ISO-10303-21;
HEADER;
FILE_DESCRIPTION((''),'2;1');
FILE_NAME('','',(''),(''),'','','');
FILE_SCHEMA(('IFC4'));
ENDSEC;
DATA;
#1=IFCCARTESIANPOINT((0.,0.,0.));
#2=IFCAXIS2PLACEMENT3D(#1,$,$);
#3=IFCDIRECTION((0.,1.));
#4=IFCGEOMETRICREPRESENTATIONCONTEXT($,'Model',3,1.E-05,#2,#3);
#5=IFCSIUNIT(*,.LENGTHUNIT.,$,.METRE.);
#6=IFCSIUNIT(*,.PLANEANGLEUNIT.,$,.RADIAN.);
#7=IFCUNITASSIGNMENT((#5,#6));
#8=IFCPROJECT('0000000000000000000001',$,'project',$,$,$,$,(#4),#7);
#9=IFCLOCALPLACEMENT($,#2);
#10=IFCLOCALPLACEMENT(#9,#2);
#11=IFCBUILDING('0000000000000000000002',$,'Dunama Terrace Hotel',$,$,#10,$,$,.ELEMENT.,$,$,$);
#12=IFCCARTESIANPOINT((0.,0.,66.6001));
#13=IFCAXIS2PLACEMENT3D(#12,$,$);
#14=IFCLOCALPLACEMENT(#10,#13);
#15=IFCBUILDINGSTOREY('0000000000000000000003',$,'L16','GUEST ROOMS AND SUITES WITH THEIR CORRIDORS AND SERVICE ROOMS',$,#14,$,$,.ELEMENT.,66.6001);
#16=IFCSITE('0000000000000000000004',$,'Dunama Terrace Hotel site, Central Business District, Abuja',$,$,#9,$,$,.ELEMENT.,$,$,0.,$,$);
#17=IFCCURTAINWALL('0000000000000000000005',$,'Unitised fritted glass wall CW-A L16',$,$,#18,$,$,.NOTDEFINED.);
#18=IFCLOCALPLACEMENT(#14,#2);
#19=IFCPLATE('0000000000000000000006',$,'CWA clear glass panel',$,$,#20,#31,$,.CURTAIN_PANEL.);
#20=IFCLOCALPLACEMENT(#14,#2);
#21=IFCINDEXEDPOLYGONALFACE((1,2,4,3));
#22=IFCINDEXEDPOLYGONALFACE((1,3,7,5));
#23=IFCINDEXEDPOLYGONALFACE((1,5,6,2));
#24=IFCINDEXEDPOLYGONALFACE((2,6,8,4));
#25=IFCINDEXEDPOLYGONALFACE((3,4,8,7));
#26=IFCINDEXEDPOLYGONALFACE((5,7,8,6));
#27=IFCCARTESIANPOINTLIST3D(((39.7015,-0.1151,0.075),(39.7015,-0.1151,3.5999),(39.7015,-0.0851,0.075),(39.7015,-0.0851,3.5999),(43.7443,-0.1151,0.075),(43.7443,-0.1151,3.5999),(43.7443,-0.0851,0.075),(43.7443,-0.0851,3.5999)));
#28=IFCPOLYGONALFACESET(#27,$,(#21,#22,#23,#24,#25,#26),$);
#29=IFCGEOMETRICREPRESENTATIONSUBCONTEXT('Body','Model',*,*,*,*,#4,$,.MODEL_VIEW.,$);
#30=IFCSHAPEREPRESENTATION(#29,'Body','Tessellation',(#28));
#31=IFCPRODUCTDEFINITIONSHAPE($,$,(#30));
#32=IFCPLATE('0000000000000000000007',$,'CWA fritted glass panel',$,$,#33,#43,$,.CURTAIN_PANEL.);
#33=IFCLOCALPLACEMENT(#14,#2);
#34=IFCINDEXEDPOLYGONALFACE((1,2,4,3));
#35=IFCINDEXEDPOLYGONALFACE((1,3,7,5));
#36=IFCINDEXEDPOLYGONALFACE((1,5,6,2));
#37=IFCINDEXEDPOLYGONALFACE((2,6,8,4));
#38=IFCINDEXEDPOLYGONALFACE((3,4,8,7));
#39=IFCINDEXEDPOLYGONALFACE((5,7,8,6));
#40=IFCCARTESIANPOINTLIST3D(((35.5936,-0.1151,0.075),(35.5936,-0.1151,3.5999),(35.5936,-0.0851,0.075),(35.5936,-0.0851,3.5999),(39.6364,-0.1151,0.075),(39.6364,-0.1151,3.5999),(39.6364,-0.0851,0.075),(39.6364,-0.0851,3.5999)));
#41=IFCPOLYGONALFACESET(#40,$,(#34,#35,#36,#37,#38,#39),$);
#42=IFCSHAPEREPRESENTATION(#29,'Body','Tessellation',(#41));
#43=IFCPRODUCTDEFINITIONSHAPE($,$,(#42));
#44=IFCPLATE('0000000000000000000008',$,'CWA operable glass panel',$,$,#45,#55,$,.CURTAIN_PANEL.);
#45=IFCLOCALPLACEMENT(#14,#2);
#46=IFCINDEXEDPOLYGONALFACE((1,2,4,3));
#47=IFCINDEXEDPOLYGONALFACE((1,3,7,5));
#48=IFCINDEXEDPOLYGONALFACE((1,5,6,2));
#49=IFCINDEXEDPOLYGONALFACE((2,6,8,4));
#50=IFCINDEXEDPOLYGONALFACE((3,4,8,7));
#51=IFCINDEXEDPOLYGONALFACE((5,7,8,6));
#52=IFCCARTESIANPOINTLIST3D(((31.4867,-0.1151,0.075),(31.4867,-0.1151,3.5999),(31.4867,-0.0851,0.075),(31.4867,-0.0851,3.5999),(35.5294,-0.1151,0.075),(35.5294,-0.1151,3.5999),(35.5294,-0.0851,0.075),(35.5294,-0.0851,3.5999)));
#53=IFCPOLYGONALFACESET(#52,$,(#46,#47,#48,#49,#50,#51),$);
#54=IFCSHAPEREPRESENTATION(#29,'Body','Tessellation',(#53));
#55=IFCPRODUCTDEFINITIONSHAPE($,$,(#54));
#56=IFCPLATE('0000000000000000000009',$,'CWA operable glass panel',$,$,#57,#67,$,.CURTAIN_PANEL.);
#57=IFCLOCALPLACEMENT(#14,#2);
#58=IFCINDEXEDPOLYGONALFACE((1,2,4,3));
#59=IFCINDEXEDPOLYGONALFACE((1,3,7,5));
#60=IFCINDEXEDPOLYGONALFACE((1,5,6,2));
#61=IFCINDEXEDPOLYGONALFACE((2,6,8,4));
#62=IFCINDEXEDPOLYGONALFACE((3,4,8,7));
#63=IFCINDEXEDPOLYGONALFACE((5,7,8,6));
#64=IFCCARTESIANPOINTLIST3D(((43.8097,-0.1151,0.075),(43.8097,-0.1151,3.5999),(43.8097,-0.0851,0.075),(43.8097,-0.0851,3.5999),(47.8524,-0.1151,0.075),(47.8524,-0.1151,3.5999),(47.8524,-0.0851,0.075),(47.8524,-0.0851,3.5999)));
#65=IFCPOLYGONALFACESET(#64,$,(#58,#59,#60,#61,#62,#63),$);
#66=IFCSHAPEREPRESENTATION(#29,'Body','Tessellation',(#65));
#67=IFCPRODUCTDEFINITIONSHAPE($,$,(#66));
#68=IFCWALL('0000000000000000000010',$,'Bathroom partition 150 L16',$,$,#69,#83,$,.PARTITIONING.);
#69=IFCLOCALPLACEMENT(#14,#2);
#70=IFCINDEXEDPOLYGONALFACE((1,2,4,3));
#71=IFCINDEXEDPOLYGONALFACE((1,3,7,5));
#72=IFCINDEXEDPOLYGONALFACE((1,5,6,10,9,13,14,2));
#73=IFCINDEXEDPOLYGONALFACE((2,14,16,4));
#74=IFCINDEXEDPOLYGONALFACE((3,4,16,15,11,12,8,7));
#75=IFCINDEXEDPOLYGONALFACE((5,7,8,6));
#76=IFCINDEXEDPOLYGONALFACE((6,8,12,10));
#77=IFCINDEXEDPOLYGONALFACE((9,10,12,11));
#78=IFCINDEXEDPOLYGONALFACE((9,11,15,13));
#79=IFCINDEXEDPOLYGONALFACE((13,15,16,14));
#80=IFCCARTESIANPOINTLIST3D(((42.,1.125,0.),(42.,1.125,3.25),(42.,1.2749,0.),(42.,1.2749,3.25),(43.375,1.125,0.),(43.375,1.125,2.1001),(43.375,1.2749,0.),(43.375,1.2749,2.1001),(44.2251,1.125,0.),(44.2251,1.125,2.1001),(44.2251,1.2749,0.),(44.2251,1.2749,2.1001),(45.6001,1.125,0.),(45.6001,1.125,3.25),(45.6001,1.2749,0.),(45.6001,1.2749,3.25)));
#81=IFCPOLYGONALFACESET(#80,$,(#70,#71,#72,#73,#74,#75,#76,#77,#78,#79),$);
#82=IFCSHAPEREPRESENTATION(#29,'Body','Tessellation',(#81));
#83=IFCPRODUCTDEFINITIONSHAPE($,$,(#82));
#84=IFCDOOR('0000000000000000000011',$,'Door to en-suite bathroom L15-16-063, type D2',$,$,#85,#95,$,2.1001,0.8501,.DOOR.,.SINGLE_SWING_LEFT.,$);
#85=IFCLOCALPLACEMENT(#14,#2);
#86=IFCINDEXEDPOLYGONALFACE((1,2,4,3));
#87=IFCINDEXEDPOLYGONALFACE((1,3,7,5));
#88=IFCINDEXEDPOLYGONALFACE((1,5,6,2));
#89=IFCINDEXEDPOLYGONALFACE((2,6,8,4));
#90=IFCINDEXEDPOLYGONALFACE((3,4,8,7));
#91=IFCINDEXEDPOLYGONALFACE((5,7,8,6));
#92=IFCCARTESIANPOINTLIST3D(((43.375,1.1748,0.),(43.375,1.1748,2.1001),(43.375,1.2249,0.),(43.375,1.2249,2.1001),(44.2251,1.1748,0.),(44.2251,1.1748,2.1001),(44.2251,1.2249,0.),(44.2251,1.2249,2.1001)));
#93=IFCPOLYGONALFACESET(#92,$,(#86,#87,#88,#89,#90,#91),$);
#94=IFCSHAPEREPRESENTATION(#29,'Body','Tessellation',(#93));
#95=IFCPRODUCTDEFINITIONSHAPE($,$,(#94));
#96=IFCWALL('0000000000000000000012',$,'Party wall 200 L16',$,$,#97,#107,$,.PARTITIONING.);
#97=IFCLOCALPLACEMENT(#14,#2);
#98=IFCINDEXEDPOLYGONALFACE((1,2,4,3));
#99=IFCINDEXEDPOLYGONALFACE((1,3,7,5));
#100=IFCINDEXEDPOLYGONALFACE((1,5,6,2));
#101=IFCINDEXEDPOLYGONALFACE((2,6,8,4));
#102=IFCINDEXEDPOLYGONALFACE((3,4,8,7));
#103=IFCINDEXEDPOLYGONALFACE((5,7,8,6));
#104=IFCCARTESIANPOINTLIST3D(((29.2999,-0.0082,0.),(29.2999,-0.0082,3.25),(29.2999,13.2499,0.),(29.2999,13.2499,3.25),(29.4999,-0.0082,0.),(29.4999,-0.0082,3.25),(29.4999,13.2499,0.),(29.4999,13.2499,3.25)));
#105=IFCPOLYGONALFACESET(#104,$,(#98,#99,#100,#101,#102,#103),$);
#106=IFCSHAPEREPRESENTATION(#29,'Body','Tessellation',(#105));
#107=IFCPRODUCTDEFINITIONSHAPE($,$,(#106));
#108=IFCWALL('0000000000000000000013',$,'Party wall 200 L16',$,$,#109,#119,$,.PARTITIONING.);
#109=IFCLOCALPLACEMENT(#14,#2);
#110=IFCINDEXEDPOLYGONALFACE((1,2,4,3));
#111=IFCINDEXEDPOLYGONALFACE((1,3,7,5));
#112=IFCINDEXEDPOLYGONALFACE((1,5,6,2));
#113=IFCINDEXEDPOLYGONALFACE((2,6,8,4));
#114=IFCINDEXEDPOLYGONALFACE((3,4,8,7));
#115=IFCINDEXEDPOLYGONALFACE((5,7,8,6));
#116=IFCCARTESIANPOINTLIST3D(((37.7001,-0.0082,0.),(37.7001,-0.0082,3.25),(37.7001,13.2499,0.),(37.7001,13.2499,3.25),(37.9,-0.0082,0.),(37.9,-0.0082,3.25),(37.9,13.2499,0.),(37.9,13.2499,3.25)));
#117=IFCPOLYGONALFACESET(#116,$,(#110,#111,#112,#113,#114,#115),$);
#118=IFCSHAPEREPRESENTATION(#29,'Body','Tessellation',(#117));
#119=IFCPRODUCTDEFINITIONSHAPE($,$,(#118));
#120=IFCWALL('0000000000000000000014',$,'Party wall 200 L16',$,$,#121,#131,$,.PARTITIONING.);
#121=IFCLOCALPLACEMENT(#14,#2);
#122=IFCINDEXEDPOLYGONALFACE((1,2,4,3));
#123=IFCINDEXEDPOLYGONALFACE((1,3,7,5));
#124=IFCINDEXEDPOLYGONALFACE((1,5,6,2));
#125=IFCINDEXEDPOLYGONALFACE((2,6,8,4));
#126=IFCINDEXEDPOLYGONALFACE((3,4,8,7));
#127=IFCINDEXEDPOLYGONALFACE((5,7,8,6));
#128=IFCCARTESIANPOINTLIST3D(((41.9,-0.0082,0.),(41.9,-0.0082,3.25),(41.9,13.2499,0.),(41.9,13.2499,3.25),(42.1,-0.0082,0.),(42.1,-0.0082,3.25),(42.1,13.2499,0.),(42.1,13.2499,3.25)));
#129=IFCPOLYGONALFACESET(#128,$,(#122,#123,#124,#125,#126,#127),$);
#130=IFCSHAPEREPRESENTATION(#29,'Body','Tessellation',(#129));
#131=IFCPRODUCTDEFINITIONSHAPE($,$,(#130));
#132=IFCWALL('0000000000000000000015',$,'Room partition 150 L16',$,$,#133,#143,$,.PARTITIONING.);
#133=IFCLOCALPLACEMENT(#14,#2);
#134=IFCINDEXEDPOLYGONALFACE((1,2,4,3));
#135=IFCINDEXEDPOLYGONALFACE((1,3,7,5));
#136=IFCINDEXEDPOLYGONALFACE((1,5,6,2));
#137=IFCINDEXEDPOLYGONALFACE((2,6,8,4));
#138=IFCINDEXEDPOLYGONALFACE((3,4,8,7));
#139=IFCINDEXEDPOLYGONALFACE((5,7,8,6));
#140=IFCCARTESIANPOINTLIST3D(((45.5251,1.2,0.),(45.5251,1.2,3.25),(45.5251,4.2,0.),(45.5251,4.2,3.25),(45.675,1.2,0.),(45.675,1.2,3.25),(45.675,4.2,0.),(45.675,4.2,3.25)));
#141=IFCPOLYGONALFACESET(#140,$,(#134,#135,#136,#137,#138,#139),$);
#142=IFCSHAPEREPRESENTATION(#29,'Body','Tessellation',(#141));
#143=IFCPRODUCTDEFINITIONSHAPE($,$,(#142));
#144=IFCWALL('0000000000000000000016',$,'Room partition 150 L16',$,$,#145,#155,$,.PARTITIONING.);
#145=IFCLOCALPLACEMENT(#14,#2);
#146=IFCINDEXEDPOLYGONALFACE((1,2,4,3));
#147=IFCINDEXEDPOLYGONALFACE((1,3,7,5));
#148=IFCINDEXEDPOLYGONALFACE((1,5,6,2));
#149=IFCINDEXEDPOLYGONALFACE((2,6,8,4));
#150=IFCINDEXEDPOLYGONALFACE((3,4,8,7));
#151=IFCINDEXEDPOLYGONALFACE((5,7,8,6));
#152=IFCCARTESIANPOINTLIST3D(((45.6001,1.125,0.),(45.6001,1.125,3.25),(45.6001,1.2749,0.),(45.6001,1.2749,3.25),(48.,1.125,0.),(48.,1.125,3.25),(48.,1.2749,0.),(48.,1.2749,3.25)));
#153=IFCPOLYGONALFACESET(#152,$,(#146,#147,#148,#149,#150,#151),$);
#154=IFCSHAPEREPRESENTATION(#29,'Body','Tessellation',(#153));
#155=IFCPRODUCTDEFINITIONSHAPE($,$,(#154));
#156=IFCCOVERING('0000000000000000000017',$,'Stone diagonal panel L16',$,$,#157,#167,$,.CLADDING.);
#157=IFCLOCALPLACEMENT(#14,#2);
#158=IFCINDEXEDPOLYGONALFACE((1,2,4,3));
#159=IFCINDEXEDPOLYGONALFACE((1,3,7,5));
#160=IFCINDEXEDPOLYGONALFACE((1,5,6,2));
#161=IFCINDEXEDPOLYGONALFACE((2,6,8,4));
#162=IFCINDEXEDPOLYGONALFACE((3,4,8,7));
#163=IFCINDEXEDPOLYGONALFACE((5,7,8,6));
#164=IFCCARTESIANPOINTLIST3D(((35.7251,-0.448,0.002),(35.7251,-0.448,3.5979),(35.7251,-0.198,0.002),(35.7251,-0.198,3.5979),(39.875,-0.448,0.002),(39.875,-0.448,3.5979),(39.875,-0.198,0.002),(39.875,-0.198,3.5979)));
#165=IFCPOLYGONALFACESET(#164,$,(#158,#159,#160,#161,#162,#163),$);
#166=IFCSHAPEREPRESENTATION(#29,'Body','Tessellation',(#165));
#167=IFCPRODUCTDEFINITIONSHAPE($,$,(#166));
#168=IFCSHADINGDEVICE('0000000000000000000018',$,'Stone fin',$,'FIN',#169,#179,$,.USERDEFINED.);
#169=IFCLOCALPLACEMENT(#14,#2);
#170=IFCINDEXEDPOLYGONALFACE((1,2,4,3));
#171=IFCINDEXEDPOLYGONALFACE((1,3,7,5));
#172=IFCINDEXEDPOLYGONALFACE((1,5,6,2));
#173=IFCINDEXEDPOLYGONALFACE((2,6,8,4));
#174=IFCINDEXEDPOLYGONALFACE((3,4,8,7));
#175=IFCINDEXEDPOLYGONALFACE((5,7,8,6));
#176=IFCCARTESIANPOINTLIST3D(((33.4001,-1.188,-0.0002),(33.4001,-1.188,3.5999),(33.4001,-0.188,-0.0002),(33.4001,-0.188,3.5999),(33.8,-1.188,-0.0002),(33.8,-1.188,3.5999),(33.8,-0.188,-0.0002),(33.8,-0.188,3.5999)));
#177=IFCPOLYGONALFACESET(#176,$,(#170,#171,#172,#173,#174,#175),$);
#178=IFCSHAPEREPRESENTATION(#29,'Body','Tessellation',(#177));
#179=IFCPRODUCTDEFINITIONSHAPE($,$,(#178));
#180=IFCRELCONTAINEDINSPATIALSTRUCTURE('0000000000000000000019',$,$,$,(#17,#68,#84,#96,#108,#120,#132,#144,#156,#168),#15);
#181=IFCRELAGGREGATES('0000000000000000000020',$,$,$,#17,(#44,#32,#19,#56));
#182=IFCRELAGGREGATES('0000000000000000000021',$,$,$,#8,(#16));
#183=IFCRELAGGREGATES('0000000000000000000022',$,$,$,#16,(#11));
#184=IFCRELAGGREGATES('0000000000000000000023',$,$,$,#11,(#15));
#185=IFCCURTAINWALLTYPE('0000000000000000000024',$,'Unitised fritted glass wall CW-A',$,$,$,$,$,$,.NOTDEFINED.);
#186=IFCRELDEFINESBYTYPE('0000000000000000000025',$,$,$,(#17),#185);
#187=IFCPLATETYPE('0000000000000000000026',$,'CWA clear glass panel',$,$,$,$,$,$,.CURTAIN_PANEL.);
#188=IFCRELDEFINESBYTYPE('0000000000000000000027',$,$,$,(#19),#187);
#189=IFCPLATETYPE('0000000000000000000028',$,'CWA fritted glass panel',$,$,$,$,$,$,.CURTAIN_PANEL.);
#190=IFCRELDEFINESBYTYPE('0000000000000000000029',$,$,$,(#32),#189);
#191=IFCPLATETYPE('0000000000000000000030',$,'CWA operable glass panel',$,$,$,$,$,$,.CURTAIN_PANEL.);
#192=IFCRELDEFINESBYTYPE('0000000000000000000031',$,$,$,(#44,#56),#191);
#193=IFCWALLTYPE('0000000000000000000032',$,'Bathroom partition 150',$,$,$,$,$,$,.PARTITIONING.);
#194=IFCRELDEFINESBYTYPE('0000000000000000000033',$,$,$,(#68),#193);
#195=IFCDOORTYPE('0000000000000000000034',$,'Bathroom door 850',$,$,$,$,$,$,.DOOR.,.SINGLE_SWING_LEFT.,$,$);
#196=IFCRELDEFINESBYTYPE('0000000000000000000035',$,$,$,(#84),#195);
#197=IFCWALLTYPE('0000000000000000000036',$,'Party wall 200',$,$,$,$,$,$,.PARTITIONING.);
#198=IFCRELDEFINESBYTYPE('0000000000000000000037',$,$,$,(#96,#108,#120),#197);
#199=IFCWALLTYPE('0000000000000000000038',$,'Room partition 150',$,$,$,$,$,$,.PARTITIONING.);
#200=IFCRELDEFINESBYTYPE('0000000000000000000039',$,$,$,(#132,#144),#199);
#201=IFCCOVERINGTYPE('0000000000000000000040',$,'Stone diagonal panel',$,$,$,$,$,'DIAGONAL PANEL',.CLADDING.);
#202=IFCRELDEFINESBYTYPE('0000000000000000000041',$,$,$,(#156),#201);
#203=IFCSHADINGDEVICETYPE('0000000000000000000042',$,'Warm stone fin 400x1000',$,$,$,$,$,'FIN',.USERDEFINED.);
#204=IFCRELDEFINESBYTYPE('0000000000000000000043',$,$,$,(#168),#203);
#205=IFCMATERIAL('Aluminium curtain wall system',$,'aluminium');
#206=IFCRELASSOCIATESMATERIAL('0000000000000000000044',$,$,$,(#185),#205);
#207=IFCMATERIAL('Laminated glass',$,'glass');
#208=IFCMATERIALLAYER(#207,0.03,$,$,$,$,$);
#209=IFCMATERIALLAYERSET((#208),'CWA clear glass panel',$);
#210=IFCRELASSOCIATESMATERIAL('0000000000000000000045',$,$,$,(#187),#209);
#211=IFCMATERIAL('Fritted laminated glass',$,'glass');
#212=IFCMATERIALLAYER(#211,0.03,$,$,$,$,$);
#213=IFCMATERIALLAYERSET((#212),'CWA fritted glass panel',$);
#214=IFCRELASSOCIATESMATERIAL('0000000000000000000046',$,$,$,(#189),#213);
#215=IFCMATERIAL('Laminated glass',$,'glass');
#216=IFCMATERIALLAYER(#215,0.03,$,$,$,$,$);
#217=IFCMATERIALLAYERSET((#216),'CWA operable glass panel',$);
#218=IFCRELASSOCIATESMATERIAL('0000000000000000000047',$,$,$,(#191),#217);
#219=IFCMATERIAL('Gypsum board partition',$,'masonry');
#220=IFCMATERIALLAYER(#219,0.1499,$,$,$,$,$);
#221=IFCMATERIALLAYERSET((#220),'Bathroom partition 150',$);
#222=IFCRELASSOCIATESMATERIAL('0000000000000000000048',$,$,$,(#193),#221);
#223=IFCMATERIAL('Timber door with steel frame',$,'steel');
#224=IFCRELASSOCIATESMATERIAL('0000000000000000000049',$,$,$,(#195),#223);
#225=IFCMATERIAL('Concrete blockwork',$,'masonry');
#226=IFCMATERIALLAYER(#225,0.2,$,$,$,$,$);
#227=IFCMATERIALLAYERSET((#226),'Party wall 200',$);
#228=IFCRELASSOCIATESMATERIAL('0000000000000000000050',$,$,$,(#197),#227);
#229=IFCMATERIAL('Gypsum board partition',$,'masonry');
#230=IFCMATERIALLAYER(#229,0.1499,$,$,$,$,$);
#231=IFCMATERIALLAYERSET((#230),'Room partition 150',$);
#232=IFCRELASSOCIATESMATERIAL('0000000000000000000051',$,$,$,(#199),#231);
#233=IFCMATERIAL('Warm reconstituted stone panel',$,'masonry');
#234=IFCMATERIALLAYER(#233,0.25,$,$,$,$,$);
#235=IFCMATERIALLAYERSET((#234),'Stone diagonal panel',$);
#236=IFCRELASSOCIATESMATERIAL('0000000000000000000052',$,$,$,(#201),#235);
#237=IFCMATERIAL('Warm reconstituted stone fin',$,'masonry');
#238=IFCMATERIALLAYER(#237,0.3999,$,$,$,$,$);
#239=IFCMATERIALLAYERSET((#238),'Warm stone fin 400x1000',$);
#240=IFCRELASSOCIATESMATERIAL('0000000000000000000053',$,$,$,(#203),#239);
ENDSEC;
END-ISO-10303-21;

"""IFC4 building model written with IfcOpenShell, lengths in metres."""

from ifc_helpers import new_model, si_unit, direction, frame, frame_2d, origin, origin_2d, place, context, subcontext, project, spatial, rectangle, extrude, material, layer, layer_set, type_object, element, fill, aggregate, save


model = new_model("IFC4")

# Units and contexts
model_context = context("Model", 3, precision=1e-05, world=origin(), true_north=direction((0.0, 1.0)))
body_context = subcontext(model_context, "Body", "Model", "MODEL_VIEW")
ifc_project = project(units=[si_unit("LENGTHUNIT", "METRE"), si_unit("PLANEANGLEUNIT", "RADIAN")], contexts=[model_context])

# Site, building, storey
site_placement = place(None, origin())
site = spatial("IfcSite", under=ifc_project, at=site_placement, Name="Dunama Terrace Hotel site, Central Business District, Abuja", CompositionType="ELEMENT", RefElevation=0.0)
building_placement = place(site_placement, origin())
building = spatial("IfcBuilding", under=site, at=building_placement, Name="Dunama Terrace Hotel", CompositionType="ELEMENT")
storey_placement = place(building_placement, frame((0.0, 0.0, 66.6001)))
storey = spatial("IfcBuildingStorey", under=building, at=storey_placement, Name="L16", Description="GUEST ROOMS AND SUITES WITH THEIR CORRIDORS AND SERVICE ROOMS", CompositionType="ELEMENT", Elevation=66.6001)

# Curtain wall
ifc_material_1 = material(Name="Aluminium curtain wall system", Category="aluminium")
curtain_wall_type = type_object("IfcCurtainWallType", Name="Unitised fritted glass wall CW-A", PredefinedType="NOTDEFINED", material=ifc_material_1)
curtain_wall_placement = place(storey_placement, origin())
curtain_wall = element("IfcCurtainWall", 1, at=curtain_wall_placement, inside=storey, type_object=curtain_wall_type, Name="Unitised fritted glass wall CW-A L16", PredefinedType="NOTDEFINED")

# Plates
ifc_material_2 = material(Name="Laminated glass", Category="glass")
ifc_layer_1 = layer(ifc_material_2, 0.03)
ifc_layer_set_1 = layer_set([ifc_layer_1], Name="CWA clear glass panel")
plate_type_1 = type_object("IfcPlateType", Name="CWA clear glass panel", PredefinedType="CURTAIN_PANEL", material=ifc_layer_set_1)
plate_1_placement = place(storey_placement, frame((41.7229, -0.1001, 0.075), z_axis=(0.0, 0.0, 1.0), x_axis=(1.0, 0.0, 0.0)))
plate_1 = element("IfcPlate", 2, at=plate_1_placement, type_object=plate_type_1, Name="CWA clear glass panel", PredefinedType="CURTAIN_PANEL", context=body_context, shape_type="SweptSolid", body=[
    extrude(rectangle(XDim=4.0427, YDim=0.03, at=origin_2d()), origin(), (0.0, 0.0, 1.0), 3.5249),
])
ifc_material_3 = material(Name="Fritted laminated glass", Category="glass")
ifc_layer_2 = layer(ifc_material_3, 0.03)
ifc_layer_set_2 = layer_set([ifc_layer_2], Name="CWA fritted glass panel")
plate_type_2 = type_object("IfcPlateType", Name="CWA fritted glass panel", PredefinedType="CURTAIN_PANEL", material=ifc_layer_set_2)
plate_2_placement = place(storey_placement, frame((37.615, -0.1001, 0.075), z_axis=(0.0, 0.0, 1.0), x_axis=(1.0, 0.0, 0.0)))
plate_2 = element("IfcPlate", 3, at=plate_2_placement, type_object=plate_type_2, Name="CWA fritted glass panel", PredefinedType="CURTAIN_PANEL", context=body_context, shape_type="SweptSolid", body=[
    extrude(rectangle(XDim=4.0427, YDim=0.03, at=origin_2d()), origin(), (0.0, 0.0, 1.0), 3.5249),
])
ifc_material_4 = material(Name="Laminated glass", Category="glass")
ifc_layer_3 = layer(ifc_material_4, 0.03)
ifc_layer_set_3 = layer_set([ifc_layer_3], Name="CWA operable glass panel")
plate_type_3 = type_object("IfcPlateType", Name="CWA operable glass panel", PredefinedType="CURTAIN_PANEL", material=ifc_layer_set_3)
plate_3_placement = place(storey_placement, frame((33.5081, -0.1001, 0.075), z_axis=(0.0, 0.0, 1.0), x_axis=(1.0, 0.0, 0.0)))
plate_3 = element("IfcPlate", 4, at=plate_3_placement, type_object=plate_type_3, Name="CWA operable glass panel", PredefinedType="CURTAIN_PANEL", context=body_context, shape_type="SweptSolid", body=[
    extrude(rectangle(XDim=4.0427, YDim=0.03, at=origin_2d()), origin(), (0.0, 0.0, 1.0), 3.5249),
])
plate_4_placement = place(storey_placement, frame((45.8311, -0.1001, 0.075), z_axis=(0.0, 0.0, 1.0), x_axis=(1.0, 0.0, 0.0)))
plate_4 = element("IfcPlate", 5, at=plate_4_placement, type_object=plate_type_3, Name="CWA operable glass panel", PredefinedType="CURTAIN_PANEL", context=body_context, shape_type="SweptSolid", body=[
    extrude(rectangle(XDim=4.0427, YDim=0.03, at=origin_2d()), origin(), (0.0, 0.0, 1.0), 3.5249),
])
aggregate(curtain_wall, [plate_3, plate_2, plate_1, plate_4])

# Wall, opening, door
ifc_material_5 = material(Name="Gypsum board partition", Category="masonry")
ifc_layer_4 = layer(ifc_material_5, 0.1499)
ifc_layer_set_4 = layer_set([ifc_layer_4], Name="Bathroom partition 150")
wall_type_1 = type_object("IfcWallType", Name="Bathroom partition 150", PredefinedType="PARTITIONING", material=ifc_layer_set_4)
wall_1_placement = place(storey_placement, frame((42.0, 1.2, 0.0), z_axis=(0.0, 0.0, 1.0), x_axis=(1.0, 0.0, 0.0)))
wall_1 = element("IfcWall", 6, at=wall_1_placement, inside=storey, type_object=wall_type_1, Name="Bathroom partition 150 L16", PredefinedType="PARTITIONING", context=body_context, shape_type="SweptSolid", body=[
    extrude(rectangle(XDim=3.6001, YDim=0.1499, at=frame_2d((1.8, 0.0))), origin(), (0.0, 0.0, 1.0), 3.25),
])
opening_placement = place(wall_1_placement, frame((1.375, 0.0, 0.0)))
opening = element("IfcOpeningElement", 7, at=opening_placement, cuts=wall_1, PredefinedType="OPENING", context=body_context, shape_type="SweptSolid", body=[
    extrude(rectangle(XDim=0.8501, YDim=2.1001, at=frame_2d((0.425, 1.05))), frame((0.0, 0.085, 0.0), z_axis=(0.0, -1.0, 0.0), x_axis=(1.0, 0.0, 0.0)), (0.0, 0.0, 1.0), 0.1699),
])
ifc_material_6 = material(Name="Timber door with steel frame", Category="steel")
door_type = type_object("IfcDoorType", Name="Bathroom door 850", OperationType="SINGLE_SWING_LEFT", PredefinedType="DOOR", material=ifc_material_6)
door_placement = place(opening_placement, origin())
door = element("IfcDoor", 8, at=door_placement, inside=storey, type_object=door_type, Name="Door to en-suite bathroom L15-16-063, type D2", OperationType="SINGLE_SWING_LEFT", OverallHeight=2.1001, OverallWidth=0.8501, PredefinedType="DOOR", context=body_context, shape_type="SweptSolid", body=[
    extrude(rectangle(XDim=0.8501, YDim=2.1001, at=frame_2d((0.425, 1.05))), frame((0.0, 0.0249, 0.0), z_axis=(0.0, -1.0, 0.0), x_axis=(1.0, 0.0, 0.0)), (0.0, 0.0, 1.0), 0.05),
])
fill(opening, door)

# Walls
ifc_material_7 = material(Name="Concrete blockwork", Category="masonry")
ifc_layer_5 = layer(ifc_material_7, 0.2)
ifc_layer_set_5 = layer_set([ifc_layer_5], Name="Party wall 200")
wall_type_2 = type_object("IfcWallType", Name="Party wall 200", PredefinedType="PARTITIONING", material=ifc_layer_set_5)
for number, where, z_axis, x_axis, name in (
    (9, (29.3999, -0.0081, 0.0), (0.0, 0.0, 1.0), (0.0, 1.0, 0.0), "Party wall 200 L16"),
    (10, (37.8, -0.0081, 0.0), (0.0, 0.0, 1.0), (0.0, 1.0, 0.0), "Party wall 200 L16"),
    (11, (42.0, -0.0081, 0.0), (0.0, 0.0, 1.0), (0.0, 1.0, 0.0), "Party wall 200 L16"),
):
    element("IfcWall", number, at=place(storey_placement, frame(where, z_axis=z_axis, x_axis=x_axis)), inside=storey, type_object=wall_type_2, Name=name, PredefinedType="PARTITIONING", context=body_context, shape_type="SweptSolid", body=[
        extrude(rectangle(XDim=13.2581, YDim=0.2, at=frame_2d((6.6289, 0.0))), origin(), (0.0, 0.0, 1.0), 3.25),
    ])
ifc_material_8 = material(Name="Gypsum board partition", Category="masonry")
ifc_layer_6 = layer(ifc_material_8, 0.1499)
ifc_layer_set_6 = layer_set([ifc_layer_6], Name="Room partition 150")
wall_type_3 = type_object("IfcWallType", Name="Room partition 150", PredefinedType="PARTITIONING", material=ifc_layer_set_6)
wall_2_placement = place(storey_placement, frame((45.6001, 1.2, 0.0), z_axis=(0.0, 0.0, 1.0), x_axis=(0.0, 1.0, 0.0)))
element("IfcWall", 12, at=wall_2_placement, inside=storey, type_object=wall_type_3, Name="Room partition 150 L16", PredefinedType="PARTITIONING", context=body_context, shape_type="SweptSolid", body=[
    extrude(rectangle(XDim=3.0, YDim=0.1499, at=frame_2d((1.5, 0.0))), origin(), (0.0, 0.0, 1.0), 3.25),
])
wall_3_placement = place(storey_placement, frame((45.6001, 1.2, 0.0), z_axis=(0.0, 0.0, 1.0), x_axis=(1.0, 0.0, 0.0)))
element("IfcWall", 13, at=wall_3_placement, inside=storey, type_object=wall_type_3, Name="Room partition 150 L16", PredefinedType="PARTITIONING", context=body_context, shape_type="SweptSolid", body=[
    extrude(rectangle(XDim=2.3999, YDim=0.1499, at=frame_2d((1.2, 0.0))), origin(), (0.0, 0.0, 1.0), 3.25),
])

# Covering
ifc_material_9 = material(Name="Warm reconstituted stone panel", Category="masonry")
ifc_layer_7 = layer(ifc_material_9, 0.25)
ifc_layer_set_7 = layer_set([ifc_layer_7], Name="Stone diagonal panel")
covering_type = type_object("IfcCoveringType", Name="Stone diagonal panel", ElementType="DIAGONAL PANEL", PredefinedType="CLADDING", material=ifc_layer_set_7)
covering_placement = place(storey_placement, frame((37.8, -0.323, 0.002), z_axis=(0.0, 0.0, 1.0), x_axis=(1.0, 0.0, 0.0)))
element("IfcCovering", 14, at=covering_placement, inside=storey, type_object=covering_type, Name="Stone diagonal panel L16", PredefinedType="CLADDING", context=body_context, shape_type="SweptSolid", body=[
    extrude(rectangle(XDim=4.1499, YDim=0.25, at=origin_2d()), origin(), (0.0, 0.0, 1.0), 3.5959),
])

# Shading device
ifc_material_10 = material(Name="Warm reconstituted stone fin", Category="masonry")
ifc_layer_8 = layer(ifc_material_10, 0.3999)
ifc_layer_set_8 = layer_set([ifc_layer_8], Name="Warm stone fin 400x1000")
shading_device_type = type_object("IfcShadingDeviceType", Name="Warm stone fin 400x1000", ElementType="FIN", PredefinedType="USERDEFINED", material=ifc_layer_set_8)
for number, where, z_axis, x_axis, name in (
    (15, (33.6001, -0.688, -0.0002), (0.0, 0.0, 1.0), (1.0, 0.0, 0.0), "Stone fin"),
):
    element("IfcShadingDevice", number, at=place(storey_placement, frame(where, z_axis=z_axis, x_axis=x_axis)), inside=storey, type_object=shading_device_type, Name=name, ObjectType="FIN", PredefinedType="USERDEFINED", context=body_context, shape_type="SweptSolid", body=[
        extrude(rectangle(XDim=0.3999, YDim=1.0, at=origin_2d()), origin(), (0.0, 0.0, 1.0), 3.6001),
    ])

save(model, "model.ifc")
